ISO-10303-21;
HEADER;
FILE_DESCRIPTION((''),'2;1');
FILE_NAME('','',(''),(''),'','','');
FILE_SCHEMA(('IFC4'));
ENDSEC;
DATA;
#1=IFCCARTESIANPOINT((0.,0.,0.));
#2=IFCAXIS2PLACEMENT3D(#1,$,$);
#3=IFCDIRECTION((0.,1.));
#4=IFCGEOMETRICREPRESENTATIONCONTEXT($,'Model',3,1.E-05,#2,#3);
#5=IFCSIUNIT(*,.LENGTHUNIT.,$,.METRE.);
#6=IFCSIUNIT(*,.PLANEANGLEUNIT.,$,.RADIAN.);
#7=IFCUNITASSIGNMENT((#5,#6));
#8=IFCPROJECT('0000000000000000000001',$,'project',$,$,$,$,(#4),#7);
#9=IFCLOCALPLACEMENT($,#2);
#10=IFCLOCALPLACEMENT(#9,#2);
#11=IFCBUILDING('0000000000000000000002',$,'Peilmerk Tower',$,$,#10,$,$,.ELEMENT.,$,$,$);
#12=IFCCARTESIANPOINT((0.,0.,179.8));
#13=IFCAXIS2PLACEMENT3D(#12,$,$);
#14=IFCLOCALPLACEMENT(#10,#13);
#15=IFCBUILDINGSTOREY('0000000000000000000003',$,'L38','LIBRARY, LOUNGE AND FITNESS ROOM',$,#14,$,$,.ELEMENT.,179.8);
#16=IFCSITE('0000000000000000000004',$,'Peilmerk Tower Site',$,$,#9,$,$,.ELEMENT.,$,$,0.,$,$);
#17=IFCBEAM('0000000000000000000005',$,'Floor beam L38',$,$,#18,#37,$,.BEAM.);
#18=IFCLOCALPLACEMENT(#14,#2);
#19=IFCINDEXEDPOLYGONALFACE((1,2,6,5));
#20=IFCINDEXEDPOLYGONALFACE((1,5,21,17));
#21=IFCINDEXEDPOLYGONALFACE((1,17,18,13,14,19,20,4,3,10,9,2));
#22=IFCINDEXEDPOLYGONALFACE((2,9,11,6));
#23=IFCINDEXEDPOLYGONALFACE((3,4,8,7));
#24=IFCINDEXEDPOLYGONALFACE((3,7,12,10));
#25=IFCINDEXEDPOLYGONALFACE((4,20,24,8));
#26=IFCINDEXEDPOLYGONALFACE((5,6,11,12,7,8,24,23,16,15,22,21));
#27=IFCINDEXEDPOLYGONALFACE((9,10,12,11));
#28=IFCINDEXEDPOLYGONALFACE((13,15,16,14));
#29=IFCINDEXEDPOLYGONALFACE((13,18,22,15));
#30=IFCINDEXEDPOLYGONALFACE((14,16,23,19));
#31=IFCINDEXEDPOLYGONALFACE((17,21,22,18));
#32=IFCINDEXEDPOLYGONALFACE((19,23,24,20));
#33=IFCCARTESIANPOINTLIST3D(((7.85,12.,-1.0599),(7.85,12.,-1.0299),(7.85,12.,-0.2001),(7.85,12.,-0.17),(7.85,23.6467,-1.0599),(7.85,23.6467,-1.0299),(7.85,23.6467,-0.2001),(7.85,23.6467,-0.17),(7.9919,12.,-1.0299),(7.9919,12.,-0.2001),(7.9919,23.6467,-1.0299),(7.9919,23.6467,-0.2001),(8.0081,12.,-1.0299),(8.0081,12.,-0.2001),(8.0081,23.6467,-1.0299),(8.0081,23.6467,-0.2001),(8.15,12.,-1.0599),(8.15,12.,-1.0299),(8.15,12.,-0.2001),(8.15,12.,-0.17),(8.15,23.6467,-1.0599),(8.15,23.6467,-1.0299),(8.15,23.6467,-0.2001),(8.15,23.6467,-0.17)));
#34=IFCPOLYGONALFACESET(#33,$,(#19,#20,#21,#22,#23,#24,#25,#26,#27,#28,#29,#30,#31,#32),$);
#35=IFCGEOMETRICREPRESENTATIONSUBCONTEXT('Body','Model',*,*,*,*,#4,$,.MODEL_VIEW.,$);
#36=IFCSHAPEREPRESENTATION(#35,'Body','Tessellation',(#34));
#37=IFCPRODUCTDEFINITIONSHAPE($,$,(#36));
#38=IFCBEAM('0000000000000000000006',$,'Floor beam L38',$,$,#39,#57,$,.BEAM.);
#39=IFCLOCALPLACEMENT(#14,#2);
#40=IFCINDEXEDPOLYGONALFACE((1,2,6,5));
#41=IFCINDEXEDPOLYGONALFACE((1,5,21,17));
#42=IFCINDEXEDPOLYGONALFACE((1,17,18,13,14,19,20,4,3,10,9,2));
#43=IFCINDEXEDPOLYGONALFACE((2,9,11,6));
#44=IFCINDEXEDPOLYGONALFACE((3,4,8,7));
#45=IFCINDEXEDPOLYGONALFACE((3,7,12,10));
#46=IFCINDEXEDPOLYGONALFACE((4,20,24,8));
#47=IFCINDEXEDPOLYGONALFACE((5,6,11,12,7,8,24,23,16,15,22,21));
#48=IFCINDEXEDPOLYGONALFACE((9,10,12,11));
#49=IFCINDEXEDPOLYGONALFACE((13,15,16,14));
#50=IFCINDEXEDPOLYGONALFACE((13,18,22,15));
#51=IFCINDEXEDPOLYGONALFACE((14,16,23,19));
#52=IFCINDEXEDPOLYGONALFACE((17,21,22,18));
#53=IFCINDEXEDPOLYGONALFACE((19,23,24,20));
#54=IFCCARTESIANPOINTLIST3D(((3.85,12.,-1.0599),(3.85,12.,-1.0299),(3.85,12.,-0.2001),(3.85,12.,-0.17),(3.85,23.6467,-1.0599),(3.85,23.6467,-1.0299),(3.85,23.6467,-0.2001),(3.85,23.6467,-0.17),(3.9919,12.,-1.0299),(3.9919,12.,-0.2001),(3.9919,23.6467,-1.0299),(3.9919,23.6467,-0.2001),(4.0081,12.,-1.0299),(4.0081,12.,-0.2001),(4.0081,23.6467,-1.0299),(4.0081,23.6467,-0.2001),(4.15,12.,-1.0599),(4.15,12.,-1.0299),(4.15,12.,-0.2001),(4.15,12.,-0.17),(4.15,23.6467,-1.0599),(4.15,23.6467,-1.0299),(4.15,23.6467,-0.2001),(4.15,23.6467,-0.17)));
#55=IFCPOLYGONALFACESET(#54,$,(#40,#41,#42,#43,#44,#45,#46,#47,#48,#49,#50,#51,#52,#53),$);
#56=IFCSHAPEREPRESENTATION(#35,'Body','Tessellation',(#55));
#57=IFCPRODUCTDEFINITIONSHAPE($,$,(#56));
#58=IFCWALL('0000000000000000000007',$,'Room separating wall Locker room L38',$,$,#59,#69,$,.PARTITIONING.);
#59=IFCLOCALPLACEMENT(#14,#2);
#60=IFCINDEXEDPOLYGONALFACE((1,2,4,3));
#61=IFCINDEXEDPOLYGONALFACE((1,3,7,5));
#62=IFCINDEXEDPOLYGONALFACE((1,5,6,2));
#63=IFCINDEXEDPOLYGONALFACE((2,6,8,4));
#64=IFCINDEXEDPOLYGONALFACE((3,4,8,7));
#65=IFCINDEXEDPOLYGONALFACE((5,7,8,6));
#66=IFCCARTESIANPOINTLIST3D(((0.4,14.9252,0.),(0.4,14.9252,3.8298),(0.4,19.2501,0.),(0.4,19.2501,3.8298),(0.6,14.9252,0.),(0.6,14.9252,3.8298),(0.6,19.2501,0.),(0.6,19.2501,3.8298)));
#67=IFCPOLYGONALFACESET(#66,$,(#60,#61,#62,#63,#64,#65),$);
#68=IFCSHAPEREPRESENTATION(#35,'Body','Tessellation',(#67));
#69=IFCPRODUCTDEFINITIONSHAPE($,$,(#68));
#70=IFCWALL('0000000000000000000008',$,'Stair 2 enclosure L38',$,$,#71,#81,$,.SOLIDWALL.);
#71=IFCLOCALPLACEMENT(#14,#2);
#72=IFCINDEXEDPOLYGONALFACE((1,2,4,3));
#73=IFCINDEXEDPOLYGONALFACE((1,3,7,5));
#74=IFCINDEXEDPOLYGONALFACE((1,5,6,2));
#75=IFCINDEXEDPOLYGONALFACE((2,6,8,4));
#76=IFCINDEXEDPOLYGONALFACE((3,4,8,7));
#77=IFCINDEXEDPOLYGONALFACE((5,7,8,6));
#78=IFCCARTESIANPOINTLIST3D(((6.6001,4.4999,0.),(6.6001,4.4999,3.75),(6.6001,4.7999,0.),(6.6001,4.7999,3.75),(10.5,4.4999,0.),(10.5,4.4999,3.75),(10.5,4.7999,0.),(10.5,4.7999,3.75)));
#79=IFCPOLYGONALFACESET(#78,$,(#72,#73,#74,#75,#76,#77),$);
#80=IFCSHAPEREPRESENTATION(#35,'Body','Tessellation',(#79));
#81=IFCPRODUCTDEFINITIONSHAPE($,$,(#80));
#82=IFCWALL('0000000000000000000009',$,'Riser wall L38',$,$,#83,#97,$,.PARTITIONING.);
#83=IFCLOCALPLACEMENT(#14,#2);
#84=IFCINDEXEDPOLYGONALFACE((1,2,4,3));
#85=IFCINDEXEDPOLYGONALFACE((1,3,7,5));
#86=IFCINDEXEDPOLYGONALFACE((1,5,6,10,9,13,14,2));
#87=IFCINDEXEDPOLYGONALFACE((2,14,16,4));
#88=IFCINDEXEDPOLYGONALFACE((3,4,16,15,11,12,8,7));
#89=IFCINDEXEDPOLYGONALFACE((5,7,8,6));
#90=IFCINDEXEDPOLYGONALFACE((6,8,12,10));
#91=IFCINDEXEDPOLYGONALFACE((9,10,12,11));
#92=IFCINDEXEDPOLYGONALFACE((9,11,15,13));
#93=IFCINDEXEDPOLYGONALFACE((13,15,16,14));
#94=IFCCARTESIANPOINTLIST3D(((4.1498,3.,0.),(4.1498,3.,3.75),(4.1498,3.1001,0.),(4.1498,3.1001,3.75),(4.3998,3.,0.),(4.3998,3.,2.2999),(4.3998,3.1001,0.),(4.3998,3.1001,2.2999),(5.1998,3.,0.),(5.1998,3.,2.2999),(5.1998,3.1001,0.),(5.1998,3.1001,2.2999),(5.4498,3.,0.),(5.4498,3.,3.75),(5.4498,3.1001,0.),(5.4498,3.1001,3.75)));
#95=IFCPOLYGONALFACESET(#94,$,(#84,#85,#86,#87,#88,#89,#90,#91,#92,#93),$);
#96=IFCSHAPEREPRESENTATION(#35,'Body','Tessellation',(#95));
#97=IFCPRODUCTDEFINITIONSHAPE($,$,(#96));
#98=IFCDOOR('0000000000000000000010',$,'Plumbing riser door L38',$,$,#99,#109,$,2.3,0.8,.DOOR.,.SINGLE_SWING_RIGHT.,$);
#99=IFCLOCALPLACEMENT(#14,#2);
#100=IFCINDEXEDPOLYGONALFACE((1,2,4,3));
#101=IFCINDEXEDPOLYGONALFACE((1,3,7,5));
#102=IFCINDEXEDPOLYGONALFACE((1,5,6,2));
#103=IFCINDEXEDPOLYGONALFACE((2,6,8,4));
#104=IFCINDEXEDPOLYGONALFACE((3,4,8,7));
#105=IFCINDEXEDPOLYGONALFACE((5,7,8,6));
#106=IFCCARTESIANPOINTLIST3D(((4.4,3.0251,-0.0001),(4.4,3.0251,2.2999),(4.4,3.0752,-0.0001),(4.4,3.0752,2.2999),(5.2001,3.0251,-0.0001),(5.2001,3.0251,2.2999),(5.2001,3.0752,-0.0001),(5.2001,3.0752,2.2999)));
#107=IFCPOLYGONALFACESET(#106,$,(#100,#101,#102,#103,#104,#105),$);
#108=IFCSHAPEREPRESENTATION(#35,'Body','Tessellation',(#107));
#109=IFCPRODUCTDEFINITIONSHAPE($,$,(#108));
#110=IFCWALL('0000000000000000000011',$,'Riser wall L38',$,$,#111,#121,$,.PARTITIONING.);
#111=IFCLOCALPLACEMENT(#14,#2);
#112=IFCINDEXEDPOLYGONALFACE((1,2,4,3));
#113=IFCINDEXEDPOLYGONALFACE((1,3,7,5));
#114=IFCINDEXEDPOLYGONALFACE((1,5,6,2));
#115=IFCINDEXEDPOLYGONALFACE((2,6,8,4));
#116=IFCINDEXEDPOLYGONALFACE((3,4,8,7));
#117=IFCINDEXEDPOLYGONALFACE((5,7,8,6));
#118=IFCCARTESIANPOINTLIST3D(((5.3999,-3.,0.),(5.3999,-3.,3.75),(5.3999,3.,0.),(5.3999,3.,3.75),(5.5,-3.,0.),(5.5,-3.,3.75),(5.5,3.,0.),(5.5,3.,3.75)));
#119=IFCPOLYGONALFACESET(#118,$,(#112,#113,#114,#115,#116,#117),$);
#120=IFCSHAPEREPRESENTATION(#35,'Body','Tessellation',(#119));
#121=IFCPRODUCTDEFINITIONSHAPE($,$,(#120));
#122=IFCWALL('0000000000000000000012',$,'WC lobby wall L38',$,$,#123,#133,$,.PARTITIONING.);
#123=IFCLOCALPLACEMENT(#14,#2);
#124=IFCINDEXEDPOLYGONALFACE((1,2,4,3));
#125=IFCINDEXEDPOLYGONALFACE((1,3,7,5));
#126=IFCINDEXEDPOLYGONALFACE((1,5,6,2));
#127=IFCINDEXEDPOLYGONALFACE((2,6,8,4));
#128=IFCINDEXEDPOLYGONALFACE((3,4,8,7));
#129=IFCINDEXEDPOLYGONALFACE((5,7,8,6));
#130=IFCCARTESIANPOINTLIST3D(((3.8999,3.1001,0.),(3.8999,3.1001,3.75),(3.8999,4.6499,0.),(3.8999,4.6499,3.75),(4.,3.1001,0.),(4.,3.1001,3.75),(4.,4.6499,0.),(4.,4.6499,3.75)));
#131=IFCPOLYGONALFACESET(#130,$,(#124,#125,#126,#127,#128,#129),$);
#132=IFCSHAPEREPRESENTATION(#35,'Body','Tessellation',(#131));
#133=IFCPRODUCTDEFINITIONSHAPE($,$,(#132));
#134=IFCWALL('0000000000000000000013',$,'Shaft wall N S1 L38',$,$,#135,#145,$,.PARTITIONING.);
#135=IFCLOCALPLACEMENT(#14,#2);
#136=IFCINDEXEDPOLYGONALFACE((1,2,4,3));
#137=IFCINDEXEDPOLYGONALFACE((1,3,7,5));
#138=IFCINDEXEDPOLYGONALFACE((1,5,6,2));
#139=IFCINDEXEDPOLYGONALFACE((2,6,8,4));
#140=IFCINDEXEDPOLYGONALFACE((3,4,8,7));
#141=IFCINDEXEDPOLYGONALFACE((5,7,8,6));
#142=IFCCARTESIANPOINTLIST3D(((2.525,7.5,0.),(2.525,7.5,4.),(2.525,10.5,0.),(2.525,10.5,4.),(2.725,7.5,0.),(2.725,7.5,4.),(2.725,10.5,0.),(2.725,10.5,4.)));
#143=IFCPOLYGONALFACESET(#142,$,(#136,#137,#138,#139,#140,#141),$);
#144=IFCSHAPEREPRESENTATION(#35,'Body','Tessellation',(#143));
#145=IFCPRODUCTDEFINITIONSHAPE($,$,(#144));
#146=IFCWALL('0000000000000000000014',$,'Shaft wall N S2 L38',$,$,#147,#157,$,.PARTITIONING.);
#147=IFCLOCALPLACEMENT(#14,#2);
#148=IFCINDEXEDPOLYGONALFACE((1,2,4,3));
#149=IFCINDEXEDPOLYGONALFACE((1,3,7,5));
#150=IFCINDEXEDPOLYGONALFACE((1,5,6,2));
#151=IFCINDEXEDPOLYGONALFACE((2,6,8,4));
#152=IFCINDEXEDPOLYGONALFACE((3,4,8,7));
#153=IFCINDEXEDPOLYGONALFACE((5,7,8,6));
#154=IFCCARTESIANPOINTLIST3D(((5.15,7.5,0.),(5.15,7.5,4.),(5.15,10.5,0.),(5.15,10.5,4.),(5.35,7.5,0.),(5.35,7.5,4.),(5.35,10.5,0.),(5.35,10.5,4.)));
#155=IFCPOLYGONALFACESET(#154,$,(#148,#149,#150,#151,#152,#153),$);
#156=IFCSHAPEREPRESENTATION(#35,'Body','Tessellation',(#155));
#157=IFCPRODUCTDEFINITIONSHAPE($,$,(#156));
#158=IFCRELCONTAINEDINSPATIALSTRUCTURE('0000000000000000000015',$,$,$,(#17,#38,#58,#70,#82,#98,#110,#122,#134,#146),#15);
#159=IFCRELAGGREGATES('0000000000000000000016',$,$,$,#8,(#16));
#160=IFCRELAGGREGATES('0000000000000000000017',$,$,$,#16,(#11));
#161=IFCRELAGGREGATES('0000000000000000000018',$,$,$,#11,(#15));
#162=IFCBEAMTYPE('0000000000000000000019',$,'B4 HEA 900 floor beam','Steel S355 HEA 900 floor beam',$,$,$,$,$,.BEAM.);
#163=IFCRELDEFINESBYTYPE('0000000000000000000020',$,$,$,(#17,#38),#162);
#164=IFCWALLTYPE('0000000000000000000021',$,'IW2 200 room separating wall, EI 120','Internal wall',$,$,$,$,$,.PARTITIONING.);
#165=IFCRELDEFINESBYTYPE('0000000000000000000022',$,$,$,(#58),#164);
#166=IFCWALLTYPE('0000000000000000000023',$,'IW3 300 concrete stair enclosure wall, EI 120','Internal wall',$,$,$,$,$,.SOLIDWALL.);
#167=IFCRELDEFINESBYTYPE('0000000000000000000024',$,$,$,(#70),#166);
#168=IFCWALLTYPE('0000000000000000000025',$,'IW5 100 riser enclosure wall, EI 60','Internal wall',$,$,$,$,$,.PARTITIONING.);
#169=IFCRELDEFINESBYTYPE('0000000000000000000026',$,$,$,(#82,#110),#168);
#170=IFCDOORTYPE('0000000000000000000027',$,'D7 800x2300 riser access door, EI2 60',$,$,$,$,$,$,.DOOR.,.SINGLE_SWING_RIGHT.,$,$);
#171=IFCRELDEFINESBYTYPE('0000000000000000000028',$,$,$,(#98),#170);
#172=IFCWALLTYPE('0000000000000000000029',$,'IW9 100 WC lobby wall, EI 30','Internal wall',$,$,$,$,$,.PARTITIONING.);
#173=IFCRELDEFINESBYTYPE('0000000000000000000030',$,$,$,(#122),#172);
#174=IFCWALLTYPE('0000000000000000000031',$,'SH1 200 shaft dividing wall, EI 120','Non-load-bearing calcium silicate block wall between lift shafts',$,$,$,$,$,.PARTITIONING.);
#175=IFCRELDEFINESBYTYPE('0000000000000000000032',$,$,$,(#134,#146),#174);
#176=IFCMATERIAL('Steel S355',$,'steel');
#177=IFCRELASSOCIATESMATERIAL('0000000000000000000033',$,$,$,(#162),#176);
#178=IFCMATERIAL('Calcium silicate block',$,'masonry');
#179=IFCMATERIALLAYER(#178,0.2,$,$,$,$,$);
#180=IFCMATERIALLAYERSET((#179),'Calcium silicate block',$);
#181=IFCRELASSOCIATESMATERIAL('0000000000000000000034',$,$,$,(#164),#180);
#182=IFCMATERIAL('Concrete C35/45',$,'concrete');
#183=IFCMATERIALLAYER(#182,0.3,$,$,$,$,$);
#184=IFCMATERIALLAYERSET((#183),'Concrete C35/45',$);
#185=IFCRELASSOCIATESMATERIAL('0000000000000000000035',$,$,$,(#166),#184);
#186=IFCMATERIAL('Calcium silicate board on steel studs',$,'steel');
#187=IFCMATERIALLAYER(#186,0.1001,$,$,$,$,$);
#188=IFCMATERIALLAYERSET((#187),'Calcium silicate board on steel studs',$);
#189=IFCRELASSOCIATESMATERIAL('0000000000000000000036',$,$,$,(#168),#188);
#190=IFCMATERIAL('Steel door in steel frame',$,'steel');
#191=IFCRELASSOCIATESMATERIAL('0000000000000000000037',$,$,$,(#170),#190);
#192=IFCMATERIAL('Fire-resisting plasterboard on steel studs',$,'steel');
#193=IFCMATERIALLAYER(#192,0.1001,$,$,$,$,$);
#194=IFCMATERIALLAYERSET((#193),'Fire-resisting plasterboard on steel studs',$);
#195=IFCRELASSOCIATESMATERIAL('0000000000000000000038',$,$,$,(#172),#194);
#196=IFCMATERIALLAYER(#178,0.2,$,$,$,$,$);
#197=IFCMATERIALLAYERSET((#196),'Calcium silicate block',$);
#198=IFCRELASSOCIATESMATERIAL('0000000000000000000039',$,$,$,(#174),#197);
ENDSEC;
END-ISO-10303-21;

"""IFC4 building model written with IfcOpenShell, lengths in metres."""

from ifc_helpers import new_model, si_unit, direction, frame, frame_2d, origin, origin_2d, place, context, subcontext, project, spatial, rectangle, i_section, extrude, material, layer, layer_set, material_profile, profile_set, type_object, element, fill, save


model = new_model("IFC4")

# Units and contexts
model_context = context("Model", 3, precision=1e-05, world=origin(), true_north=direction((0.0, 1.0)))
body_context = subcontext(model_context, "Body", "Model", "MODEL_VIEW")
ifc_project = project(units=[si_unit("LENGTHUNIT", "METRE"), si_unit("PLANEANGLEUNIT", "RADIAN")], contexts=[model_context])

# Site, building, storey
site_placement = place(None, origin())
site = spatial("IfcSite", under=ifc_project, at=site_placement, Name="Peilmerk Tower Site", CompositionType="ELEMENT", RefElevation=0.0)
building_placement = place(site_placement, origin())
building = spatial("IfcBuilding", under=site, at=building_placement, Name="Peilmerk Tower", CompositionType="ELEMENT")
storey_placement = place(building_placement, frame((0.0, 0.0, 179.8)))
storey = spatial("IfcBuildingStorey", under=building, at=storey_placement, Name="L38", Description="LIBRARY, LOUNGE AND FITNESS ROOM", CompositionType="ELEMENT", Elevation=179.8)

# Beams
ifc_material_1 = material(Name="Steel S355", Category="steel")
ifc_material_profile = material_profile(ifc_material_1, i_section(OverallWidth=0.3, OverallDepth=0.8899, WebThickness=0.0161, FlangeThickness=0.03, at=origin_2d()), Name="HEA 900")
ifc_profile_set = profile_set([ifc_material_profile], Name="Steel S355")
beam_type = type_object("IfcBeamType", Name="B4 HEA 900 floor beam", Description="Steel S355 HEA 900 floor beam", PredefinedType="BEAM", material=ifc_profile_set)
for number, where, z_axis, x_axis, name in (
    (1, (8.0, 12.0, -0.615), (0.0, 1.0, 0.0), (-1.0, 0.0, 0.0), "Floor beam L38"),
    (2, (4.0, 12.0, -0.615), (0.0, 1.0, 0.0), (-1.0, 0.0, 0.0), "Floor beam L38"),
):
    element("IfcBeam", number, at=place(storey_placement, frame(where, z_axis=z_axis, x_axis=x_axis)), inside=storey, type_object=beam_type, Name=name, PredefinedType="BEAM", context=body_context, shape_type="SweptSolid", body=[
        extrude(i_section(OverallWidth=0.3, OverallDepth=0.8899, WebThickness=0.0161, FlangeThickness=0.03, at=origin_2d()), origin(), (0.0, 0.0, 1.0), 11.6467),
    ])

# Walls
ifc_material_2 = material(Name="Calcium silicate block", Category="masonry")
ifc_layer_1 = layer(ifc_material_2, 0.2)
ifc_layer_set_1 = layer_set([ifc_layer_1], Name="Calcium silicate block")
wall_type_1 = type_object("IfcWallType", Name="IW2 200 room separating wall, EI 120", Description="Internal wall", PredefinedType="PARTITIONING", material=ifc_layer_set_1)
wall_1_placement = place(storey_placement, frame((0.5, 14.925, 0.0), z_axis=(0.0, 0.0, 1.0), x_axis=(0.0, 1.0, 0.0)))
element("IfcWall", 3, at=wall_1_placement, inside=storey, type_object=wall_type_1, Name="Room separating wall Locker room L38", PredefinedType="PARTITIONING", context=body_context, shape_type="SweptSolid", body=[
    extrude(rectangle(XDim=4.325, YDim=0.2, at=frame_2d((2.1626, 0.0))), origin(), (0.0, 0.0, 1.0), 3.8298),
])
ifc_material_3 = material(Name="Concrete C35/45", Category="concrete")
ifc_layer_2 = layer(ifc_material_3, 0.3)
ifc_layer_set_2 = layer_set([ifc_layer_2], Name="Concrete C35/45")
wall_type_2 = type_object("IfcWallType", Name="IW3 300 concrete stair enclosure wall, EI 120", Description="Internal wall", PredefinedType="SOLIDWALL", material=ifc_layer_set_2)
wall_2_placement = place(storey_placement, frame((6.6001, 4.6499, 0.0), z_axis=(0.0, 0.0, 1.0), x_axis=(1.0, 0.0, 0.0)))
element("IfcWall", 4, at=wall_2_placement, inside=storey, type_object=wall_type_2, Name="Stair 2 enclosure L38", PredefinedType="SOLIDWALL", context=body_context, shape_type="SweptSolid", body=[
    extrude(rectangle(XDim=3.8999, YDim=0.3, at=frame_2d((1.95, 0.0))), origin(), (0.0, 0.0, 1.0), 3.75),
])

# Wall, opening, door
ifc_material_4 = material(Name="Calcium silicate board on steel studs", Category="steel")
ifc_layer_3 = layer(ifc_material_4, 0.1001)
ifc_layer_set_3 = layer_set([ifc_layer_3], Name="Calcium silicate board on steel studs")
wall_type_3 = type_object("IfcWallType", Name="IW5 100 riser enclosure wall, EI 60", Description="Internal wall", PredefinedType="PARTITIONING", material=ifc_layer_set_3)
wall_3_placement = place(storey_placement, frame((4.1499, 3.05, 0.0), z_axis=(0.0, 0.0, 1.0), x_axis=(1.0, 0.0, 0.0)))
wall_3 = element("IfcWall", 5, at=wall_3_placement, inside=storey, type_object=wall_type_3, Name="Riser wall L38", PredefinedType="PARTITIONING", context=body_context, shape_type="SweptSolid", body=[
    extrude(rectangle(XDim=1.3, YDim=0.1001, at=frame_2d((0.6499, 0.0))), origin(), (0.0, 0.0, 1.0), 3.75),
])
opening_1_placement = place(wall_3_placement, frame((0.25, 0.0, 0.0)))
opening_1 = element("IfcOpeningElement", 6, at=opening_1_placement, cuts=wall_3, PredefinedType="OPENING", context=body_context, shape_type="SweptSolid", body=[
    extrude(rectangle(XDim=0.8, YDim=2.3, at=frame_2d((0.3999, 1.1499))), frame((0.0, 0.0601, 0.0), z_axis=(0.0, -1.0, 0.0), x_axis=(1.0, 0.0, 0.0)), (0.0, 0.0, 1.0), 0.1201),
])
ifc_material_5 = material(Name="Steel door in steel frame", Category="steel")
door_type_1 = type_object("IfcDoorType", Name="D7 800x2300 riser access door, EI2 60", OperationType="SINGLE_SWING_RIGHT", PredefinedType="DOOR", material=ifc_material_5)
door_1_placement = place(opening_1_placement, frame((0.8, 0.0, 0.0), z_axis=(0.0, 0.0, 1.0), x_axis=(-1.0, 0.0, 0.0)))
door_1 = element("IfcDoor", 7, at=door_1_placement, inside=storey, type_object=door_type_1, Name="Plumbing riser door L38", OperationType="SINGLE_SWING_RIGHT", OverallHeight=2.3, OverallWidth=0.8, PredefinedType="DOOR", context=body_context, shape_type="SweptSolid", body=[
    extrude(rectangle(XDim=0.8, YDim=2.3, at=frame_2d((0.3999, 1.1499))), frame((0.0, 0.0249, 0.0), z_axis=(0.0, -1.0, 0.0), x_axis=(1.0, 0.0, 0.0)), (0.0, 0.0, 1.0), 0.05),
])
fill(opening_1, door_1)

# Walls
wall_4_placement = place(storey_placement, frame((5.45, 3.0, 0.0), z_axis=(0.0, 0.0, 1.0), x_axis=(0.0, -1.0, 0.0)))
element("IfcWall", 8, at=wall_4_placement, inside=storey, type_object=wall_type_3, Name="Riser wall L38", PredefinedType="PARTITIONING", context=body_context, shape_type="SweptSolid", body=[
    extrude(rectangle(XDim=6.0, YDim=0.1001, at=frame_2d((3.0, 0.0))), origin(), (0.0, 0.0, 1.0), 3.75),
])
ifc_material_6 = material(Name="Fire-resisting plasterboard on steel studs", Category="steel")
ifc_layer_4 = layer(ifc_material_6, 0.1001)
ifc_layer_set_4 = layer_set([ifc_layer_4], Name="Fire-resisting plasterboard on steel studs")
wall_type_4 = type_object("IfcWallType", Name="IW9 100 WC lobby wall, EI 30", Description="Internal wall", PredefinedType="PARTITIONING", material=ifc_layer_set_4)
wall_5_placement = place(storey_placement, frame((3.95, 3.1001, 0.0), z_axis=(0.0, 0.0, 1.0), x_axis=(0.0, 1.0, 0.0)))
element("IfcWall", 9, at=wall_5_placement, inside=storey, type_object=wall_type_4, Name="WC lobby wall L38", PredefinedType="PARTITIONING", context=body_context, shape_type="SweptSolid", body=[
    extrude(rectangle(XDim=1.5498, YDim=0.1001, at=frame_2d((0.7749, 0.0))), origin(), (0.0, 0.0, 1.0), 3.75),
])
ifc_layer_5 = layer(ifc_material_2, 0.2)
ifc_layer_set_5 = layer_set([ifc_layer_5], Name="Calcium silicate block")
wall_type_5 = type_object("IfcWallType", Name="SH1 200 shaft dividing wall, EI 120", Description="Non-load-bearing calcium silicate block wall between lift shafts", PredefinedType="PARTITIONING", material=ifc_layer_set_5)
for number, where, z_axis, x_axis, name in (
    (10, (2.625, 7.5, 0.0), (0.0, 0.0, 1.0), (0.0, 1.0, 0.0), "Shaft wall N S1 L38"),
    (11, (5.25, 7.5, 0.0), (0.0, 0.0, 1.0), (0.0, 1.0, 0.0), "Shaft wall N S2 L38"),
):
    element("IfcWall", number, at=place(storey_placement, frame(where, z_axis=z_axis, x_axis=x_axis)), inside=storey, type_object=wall_type_5, Name=name, PredefinedType="PARTITIONING", context=body_context, shape_type="SweptSolid", body=[
        extrude(rectangle(XDim=3.0, YDim=0.2, at=frame_2d((1.5, 0.0))), origin(), (0.0, 0.0, 1.0), 4.0),
    ])

save(model, "model.ifc")
